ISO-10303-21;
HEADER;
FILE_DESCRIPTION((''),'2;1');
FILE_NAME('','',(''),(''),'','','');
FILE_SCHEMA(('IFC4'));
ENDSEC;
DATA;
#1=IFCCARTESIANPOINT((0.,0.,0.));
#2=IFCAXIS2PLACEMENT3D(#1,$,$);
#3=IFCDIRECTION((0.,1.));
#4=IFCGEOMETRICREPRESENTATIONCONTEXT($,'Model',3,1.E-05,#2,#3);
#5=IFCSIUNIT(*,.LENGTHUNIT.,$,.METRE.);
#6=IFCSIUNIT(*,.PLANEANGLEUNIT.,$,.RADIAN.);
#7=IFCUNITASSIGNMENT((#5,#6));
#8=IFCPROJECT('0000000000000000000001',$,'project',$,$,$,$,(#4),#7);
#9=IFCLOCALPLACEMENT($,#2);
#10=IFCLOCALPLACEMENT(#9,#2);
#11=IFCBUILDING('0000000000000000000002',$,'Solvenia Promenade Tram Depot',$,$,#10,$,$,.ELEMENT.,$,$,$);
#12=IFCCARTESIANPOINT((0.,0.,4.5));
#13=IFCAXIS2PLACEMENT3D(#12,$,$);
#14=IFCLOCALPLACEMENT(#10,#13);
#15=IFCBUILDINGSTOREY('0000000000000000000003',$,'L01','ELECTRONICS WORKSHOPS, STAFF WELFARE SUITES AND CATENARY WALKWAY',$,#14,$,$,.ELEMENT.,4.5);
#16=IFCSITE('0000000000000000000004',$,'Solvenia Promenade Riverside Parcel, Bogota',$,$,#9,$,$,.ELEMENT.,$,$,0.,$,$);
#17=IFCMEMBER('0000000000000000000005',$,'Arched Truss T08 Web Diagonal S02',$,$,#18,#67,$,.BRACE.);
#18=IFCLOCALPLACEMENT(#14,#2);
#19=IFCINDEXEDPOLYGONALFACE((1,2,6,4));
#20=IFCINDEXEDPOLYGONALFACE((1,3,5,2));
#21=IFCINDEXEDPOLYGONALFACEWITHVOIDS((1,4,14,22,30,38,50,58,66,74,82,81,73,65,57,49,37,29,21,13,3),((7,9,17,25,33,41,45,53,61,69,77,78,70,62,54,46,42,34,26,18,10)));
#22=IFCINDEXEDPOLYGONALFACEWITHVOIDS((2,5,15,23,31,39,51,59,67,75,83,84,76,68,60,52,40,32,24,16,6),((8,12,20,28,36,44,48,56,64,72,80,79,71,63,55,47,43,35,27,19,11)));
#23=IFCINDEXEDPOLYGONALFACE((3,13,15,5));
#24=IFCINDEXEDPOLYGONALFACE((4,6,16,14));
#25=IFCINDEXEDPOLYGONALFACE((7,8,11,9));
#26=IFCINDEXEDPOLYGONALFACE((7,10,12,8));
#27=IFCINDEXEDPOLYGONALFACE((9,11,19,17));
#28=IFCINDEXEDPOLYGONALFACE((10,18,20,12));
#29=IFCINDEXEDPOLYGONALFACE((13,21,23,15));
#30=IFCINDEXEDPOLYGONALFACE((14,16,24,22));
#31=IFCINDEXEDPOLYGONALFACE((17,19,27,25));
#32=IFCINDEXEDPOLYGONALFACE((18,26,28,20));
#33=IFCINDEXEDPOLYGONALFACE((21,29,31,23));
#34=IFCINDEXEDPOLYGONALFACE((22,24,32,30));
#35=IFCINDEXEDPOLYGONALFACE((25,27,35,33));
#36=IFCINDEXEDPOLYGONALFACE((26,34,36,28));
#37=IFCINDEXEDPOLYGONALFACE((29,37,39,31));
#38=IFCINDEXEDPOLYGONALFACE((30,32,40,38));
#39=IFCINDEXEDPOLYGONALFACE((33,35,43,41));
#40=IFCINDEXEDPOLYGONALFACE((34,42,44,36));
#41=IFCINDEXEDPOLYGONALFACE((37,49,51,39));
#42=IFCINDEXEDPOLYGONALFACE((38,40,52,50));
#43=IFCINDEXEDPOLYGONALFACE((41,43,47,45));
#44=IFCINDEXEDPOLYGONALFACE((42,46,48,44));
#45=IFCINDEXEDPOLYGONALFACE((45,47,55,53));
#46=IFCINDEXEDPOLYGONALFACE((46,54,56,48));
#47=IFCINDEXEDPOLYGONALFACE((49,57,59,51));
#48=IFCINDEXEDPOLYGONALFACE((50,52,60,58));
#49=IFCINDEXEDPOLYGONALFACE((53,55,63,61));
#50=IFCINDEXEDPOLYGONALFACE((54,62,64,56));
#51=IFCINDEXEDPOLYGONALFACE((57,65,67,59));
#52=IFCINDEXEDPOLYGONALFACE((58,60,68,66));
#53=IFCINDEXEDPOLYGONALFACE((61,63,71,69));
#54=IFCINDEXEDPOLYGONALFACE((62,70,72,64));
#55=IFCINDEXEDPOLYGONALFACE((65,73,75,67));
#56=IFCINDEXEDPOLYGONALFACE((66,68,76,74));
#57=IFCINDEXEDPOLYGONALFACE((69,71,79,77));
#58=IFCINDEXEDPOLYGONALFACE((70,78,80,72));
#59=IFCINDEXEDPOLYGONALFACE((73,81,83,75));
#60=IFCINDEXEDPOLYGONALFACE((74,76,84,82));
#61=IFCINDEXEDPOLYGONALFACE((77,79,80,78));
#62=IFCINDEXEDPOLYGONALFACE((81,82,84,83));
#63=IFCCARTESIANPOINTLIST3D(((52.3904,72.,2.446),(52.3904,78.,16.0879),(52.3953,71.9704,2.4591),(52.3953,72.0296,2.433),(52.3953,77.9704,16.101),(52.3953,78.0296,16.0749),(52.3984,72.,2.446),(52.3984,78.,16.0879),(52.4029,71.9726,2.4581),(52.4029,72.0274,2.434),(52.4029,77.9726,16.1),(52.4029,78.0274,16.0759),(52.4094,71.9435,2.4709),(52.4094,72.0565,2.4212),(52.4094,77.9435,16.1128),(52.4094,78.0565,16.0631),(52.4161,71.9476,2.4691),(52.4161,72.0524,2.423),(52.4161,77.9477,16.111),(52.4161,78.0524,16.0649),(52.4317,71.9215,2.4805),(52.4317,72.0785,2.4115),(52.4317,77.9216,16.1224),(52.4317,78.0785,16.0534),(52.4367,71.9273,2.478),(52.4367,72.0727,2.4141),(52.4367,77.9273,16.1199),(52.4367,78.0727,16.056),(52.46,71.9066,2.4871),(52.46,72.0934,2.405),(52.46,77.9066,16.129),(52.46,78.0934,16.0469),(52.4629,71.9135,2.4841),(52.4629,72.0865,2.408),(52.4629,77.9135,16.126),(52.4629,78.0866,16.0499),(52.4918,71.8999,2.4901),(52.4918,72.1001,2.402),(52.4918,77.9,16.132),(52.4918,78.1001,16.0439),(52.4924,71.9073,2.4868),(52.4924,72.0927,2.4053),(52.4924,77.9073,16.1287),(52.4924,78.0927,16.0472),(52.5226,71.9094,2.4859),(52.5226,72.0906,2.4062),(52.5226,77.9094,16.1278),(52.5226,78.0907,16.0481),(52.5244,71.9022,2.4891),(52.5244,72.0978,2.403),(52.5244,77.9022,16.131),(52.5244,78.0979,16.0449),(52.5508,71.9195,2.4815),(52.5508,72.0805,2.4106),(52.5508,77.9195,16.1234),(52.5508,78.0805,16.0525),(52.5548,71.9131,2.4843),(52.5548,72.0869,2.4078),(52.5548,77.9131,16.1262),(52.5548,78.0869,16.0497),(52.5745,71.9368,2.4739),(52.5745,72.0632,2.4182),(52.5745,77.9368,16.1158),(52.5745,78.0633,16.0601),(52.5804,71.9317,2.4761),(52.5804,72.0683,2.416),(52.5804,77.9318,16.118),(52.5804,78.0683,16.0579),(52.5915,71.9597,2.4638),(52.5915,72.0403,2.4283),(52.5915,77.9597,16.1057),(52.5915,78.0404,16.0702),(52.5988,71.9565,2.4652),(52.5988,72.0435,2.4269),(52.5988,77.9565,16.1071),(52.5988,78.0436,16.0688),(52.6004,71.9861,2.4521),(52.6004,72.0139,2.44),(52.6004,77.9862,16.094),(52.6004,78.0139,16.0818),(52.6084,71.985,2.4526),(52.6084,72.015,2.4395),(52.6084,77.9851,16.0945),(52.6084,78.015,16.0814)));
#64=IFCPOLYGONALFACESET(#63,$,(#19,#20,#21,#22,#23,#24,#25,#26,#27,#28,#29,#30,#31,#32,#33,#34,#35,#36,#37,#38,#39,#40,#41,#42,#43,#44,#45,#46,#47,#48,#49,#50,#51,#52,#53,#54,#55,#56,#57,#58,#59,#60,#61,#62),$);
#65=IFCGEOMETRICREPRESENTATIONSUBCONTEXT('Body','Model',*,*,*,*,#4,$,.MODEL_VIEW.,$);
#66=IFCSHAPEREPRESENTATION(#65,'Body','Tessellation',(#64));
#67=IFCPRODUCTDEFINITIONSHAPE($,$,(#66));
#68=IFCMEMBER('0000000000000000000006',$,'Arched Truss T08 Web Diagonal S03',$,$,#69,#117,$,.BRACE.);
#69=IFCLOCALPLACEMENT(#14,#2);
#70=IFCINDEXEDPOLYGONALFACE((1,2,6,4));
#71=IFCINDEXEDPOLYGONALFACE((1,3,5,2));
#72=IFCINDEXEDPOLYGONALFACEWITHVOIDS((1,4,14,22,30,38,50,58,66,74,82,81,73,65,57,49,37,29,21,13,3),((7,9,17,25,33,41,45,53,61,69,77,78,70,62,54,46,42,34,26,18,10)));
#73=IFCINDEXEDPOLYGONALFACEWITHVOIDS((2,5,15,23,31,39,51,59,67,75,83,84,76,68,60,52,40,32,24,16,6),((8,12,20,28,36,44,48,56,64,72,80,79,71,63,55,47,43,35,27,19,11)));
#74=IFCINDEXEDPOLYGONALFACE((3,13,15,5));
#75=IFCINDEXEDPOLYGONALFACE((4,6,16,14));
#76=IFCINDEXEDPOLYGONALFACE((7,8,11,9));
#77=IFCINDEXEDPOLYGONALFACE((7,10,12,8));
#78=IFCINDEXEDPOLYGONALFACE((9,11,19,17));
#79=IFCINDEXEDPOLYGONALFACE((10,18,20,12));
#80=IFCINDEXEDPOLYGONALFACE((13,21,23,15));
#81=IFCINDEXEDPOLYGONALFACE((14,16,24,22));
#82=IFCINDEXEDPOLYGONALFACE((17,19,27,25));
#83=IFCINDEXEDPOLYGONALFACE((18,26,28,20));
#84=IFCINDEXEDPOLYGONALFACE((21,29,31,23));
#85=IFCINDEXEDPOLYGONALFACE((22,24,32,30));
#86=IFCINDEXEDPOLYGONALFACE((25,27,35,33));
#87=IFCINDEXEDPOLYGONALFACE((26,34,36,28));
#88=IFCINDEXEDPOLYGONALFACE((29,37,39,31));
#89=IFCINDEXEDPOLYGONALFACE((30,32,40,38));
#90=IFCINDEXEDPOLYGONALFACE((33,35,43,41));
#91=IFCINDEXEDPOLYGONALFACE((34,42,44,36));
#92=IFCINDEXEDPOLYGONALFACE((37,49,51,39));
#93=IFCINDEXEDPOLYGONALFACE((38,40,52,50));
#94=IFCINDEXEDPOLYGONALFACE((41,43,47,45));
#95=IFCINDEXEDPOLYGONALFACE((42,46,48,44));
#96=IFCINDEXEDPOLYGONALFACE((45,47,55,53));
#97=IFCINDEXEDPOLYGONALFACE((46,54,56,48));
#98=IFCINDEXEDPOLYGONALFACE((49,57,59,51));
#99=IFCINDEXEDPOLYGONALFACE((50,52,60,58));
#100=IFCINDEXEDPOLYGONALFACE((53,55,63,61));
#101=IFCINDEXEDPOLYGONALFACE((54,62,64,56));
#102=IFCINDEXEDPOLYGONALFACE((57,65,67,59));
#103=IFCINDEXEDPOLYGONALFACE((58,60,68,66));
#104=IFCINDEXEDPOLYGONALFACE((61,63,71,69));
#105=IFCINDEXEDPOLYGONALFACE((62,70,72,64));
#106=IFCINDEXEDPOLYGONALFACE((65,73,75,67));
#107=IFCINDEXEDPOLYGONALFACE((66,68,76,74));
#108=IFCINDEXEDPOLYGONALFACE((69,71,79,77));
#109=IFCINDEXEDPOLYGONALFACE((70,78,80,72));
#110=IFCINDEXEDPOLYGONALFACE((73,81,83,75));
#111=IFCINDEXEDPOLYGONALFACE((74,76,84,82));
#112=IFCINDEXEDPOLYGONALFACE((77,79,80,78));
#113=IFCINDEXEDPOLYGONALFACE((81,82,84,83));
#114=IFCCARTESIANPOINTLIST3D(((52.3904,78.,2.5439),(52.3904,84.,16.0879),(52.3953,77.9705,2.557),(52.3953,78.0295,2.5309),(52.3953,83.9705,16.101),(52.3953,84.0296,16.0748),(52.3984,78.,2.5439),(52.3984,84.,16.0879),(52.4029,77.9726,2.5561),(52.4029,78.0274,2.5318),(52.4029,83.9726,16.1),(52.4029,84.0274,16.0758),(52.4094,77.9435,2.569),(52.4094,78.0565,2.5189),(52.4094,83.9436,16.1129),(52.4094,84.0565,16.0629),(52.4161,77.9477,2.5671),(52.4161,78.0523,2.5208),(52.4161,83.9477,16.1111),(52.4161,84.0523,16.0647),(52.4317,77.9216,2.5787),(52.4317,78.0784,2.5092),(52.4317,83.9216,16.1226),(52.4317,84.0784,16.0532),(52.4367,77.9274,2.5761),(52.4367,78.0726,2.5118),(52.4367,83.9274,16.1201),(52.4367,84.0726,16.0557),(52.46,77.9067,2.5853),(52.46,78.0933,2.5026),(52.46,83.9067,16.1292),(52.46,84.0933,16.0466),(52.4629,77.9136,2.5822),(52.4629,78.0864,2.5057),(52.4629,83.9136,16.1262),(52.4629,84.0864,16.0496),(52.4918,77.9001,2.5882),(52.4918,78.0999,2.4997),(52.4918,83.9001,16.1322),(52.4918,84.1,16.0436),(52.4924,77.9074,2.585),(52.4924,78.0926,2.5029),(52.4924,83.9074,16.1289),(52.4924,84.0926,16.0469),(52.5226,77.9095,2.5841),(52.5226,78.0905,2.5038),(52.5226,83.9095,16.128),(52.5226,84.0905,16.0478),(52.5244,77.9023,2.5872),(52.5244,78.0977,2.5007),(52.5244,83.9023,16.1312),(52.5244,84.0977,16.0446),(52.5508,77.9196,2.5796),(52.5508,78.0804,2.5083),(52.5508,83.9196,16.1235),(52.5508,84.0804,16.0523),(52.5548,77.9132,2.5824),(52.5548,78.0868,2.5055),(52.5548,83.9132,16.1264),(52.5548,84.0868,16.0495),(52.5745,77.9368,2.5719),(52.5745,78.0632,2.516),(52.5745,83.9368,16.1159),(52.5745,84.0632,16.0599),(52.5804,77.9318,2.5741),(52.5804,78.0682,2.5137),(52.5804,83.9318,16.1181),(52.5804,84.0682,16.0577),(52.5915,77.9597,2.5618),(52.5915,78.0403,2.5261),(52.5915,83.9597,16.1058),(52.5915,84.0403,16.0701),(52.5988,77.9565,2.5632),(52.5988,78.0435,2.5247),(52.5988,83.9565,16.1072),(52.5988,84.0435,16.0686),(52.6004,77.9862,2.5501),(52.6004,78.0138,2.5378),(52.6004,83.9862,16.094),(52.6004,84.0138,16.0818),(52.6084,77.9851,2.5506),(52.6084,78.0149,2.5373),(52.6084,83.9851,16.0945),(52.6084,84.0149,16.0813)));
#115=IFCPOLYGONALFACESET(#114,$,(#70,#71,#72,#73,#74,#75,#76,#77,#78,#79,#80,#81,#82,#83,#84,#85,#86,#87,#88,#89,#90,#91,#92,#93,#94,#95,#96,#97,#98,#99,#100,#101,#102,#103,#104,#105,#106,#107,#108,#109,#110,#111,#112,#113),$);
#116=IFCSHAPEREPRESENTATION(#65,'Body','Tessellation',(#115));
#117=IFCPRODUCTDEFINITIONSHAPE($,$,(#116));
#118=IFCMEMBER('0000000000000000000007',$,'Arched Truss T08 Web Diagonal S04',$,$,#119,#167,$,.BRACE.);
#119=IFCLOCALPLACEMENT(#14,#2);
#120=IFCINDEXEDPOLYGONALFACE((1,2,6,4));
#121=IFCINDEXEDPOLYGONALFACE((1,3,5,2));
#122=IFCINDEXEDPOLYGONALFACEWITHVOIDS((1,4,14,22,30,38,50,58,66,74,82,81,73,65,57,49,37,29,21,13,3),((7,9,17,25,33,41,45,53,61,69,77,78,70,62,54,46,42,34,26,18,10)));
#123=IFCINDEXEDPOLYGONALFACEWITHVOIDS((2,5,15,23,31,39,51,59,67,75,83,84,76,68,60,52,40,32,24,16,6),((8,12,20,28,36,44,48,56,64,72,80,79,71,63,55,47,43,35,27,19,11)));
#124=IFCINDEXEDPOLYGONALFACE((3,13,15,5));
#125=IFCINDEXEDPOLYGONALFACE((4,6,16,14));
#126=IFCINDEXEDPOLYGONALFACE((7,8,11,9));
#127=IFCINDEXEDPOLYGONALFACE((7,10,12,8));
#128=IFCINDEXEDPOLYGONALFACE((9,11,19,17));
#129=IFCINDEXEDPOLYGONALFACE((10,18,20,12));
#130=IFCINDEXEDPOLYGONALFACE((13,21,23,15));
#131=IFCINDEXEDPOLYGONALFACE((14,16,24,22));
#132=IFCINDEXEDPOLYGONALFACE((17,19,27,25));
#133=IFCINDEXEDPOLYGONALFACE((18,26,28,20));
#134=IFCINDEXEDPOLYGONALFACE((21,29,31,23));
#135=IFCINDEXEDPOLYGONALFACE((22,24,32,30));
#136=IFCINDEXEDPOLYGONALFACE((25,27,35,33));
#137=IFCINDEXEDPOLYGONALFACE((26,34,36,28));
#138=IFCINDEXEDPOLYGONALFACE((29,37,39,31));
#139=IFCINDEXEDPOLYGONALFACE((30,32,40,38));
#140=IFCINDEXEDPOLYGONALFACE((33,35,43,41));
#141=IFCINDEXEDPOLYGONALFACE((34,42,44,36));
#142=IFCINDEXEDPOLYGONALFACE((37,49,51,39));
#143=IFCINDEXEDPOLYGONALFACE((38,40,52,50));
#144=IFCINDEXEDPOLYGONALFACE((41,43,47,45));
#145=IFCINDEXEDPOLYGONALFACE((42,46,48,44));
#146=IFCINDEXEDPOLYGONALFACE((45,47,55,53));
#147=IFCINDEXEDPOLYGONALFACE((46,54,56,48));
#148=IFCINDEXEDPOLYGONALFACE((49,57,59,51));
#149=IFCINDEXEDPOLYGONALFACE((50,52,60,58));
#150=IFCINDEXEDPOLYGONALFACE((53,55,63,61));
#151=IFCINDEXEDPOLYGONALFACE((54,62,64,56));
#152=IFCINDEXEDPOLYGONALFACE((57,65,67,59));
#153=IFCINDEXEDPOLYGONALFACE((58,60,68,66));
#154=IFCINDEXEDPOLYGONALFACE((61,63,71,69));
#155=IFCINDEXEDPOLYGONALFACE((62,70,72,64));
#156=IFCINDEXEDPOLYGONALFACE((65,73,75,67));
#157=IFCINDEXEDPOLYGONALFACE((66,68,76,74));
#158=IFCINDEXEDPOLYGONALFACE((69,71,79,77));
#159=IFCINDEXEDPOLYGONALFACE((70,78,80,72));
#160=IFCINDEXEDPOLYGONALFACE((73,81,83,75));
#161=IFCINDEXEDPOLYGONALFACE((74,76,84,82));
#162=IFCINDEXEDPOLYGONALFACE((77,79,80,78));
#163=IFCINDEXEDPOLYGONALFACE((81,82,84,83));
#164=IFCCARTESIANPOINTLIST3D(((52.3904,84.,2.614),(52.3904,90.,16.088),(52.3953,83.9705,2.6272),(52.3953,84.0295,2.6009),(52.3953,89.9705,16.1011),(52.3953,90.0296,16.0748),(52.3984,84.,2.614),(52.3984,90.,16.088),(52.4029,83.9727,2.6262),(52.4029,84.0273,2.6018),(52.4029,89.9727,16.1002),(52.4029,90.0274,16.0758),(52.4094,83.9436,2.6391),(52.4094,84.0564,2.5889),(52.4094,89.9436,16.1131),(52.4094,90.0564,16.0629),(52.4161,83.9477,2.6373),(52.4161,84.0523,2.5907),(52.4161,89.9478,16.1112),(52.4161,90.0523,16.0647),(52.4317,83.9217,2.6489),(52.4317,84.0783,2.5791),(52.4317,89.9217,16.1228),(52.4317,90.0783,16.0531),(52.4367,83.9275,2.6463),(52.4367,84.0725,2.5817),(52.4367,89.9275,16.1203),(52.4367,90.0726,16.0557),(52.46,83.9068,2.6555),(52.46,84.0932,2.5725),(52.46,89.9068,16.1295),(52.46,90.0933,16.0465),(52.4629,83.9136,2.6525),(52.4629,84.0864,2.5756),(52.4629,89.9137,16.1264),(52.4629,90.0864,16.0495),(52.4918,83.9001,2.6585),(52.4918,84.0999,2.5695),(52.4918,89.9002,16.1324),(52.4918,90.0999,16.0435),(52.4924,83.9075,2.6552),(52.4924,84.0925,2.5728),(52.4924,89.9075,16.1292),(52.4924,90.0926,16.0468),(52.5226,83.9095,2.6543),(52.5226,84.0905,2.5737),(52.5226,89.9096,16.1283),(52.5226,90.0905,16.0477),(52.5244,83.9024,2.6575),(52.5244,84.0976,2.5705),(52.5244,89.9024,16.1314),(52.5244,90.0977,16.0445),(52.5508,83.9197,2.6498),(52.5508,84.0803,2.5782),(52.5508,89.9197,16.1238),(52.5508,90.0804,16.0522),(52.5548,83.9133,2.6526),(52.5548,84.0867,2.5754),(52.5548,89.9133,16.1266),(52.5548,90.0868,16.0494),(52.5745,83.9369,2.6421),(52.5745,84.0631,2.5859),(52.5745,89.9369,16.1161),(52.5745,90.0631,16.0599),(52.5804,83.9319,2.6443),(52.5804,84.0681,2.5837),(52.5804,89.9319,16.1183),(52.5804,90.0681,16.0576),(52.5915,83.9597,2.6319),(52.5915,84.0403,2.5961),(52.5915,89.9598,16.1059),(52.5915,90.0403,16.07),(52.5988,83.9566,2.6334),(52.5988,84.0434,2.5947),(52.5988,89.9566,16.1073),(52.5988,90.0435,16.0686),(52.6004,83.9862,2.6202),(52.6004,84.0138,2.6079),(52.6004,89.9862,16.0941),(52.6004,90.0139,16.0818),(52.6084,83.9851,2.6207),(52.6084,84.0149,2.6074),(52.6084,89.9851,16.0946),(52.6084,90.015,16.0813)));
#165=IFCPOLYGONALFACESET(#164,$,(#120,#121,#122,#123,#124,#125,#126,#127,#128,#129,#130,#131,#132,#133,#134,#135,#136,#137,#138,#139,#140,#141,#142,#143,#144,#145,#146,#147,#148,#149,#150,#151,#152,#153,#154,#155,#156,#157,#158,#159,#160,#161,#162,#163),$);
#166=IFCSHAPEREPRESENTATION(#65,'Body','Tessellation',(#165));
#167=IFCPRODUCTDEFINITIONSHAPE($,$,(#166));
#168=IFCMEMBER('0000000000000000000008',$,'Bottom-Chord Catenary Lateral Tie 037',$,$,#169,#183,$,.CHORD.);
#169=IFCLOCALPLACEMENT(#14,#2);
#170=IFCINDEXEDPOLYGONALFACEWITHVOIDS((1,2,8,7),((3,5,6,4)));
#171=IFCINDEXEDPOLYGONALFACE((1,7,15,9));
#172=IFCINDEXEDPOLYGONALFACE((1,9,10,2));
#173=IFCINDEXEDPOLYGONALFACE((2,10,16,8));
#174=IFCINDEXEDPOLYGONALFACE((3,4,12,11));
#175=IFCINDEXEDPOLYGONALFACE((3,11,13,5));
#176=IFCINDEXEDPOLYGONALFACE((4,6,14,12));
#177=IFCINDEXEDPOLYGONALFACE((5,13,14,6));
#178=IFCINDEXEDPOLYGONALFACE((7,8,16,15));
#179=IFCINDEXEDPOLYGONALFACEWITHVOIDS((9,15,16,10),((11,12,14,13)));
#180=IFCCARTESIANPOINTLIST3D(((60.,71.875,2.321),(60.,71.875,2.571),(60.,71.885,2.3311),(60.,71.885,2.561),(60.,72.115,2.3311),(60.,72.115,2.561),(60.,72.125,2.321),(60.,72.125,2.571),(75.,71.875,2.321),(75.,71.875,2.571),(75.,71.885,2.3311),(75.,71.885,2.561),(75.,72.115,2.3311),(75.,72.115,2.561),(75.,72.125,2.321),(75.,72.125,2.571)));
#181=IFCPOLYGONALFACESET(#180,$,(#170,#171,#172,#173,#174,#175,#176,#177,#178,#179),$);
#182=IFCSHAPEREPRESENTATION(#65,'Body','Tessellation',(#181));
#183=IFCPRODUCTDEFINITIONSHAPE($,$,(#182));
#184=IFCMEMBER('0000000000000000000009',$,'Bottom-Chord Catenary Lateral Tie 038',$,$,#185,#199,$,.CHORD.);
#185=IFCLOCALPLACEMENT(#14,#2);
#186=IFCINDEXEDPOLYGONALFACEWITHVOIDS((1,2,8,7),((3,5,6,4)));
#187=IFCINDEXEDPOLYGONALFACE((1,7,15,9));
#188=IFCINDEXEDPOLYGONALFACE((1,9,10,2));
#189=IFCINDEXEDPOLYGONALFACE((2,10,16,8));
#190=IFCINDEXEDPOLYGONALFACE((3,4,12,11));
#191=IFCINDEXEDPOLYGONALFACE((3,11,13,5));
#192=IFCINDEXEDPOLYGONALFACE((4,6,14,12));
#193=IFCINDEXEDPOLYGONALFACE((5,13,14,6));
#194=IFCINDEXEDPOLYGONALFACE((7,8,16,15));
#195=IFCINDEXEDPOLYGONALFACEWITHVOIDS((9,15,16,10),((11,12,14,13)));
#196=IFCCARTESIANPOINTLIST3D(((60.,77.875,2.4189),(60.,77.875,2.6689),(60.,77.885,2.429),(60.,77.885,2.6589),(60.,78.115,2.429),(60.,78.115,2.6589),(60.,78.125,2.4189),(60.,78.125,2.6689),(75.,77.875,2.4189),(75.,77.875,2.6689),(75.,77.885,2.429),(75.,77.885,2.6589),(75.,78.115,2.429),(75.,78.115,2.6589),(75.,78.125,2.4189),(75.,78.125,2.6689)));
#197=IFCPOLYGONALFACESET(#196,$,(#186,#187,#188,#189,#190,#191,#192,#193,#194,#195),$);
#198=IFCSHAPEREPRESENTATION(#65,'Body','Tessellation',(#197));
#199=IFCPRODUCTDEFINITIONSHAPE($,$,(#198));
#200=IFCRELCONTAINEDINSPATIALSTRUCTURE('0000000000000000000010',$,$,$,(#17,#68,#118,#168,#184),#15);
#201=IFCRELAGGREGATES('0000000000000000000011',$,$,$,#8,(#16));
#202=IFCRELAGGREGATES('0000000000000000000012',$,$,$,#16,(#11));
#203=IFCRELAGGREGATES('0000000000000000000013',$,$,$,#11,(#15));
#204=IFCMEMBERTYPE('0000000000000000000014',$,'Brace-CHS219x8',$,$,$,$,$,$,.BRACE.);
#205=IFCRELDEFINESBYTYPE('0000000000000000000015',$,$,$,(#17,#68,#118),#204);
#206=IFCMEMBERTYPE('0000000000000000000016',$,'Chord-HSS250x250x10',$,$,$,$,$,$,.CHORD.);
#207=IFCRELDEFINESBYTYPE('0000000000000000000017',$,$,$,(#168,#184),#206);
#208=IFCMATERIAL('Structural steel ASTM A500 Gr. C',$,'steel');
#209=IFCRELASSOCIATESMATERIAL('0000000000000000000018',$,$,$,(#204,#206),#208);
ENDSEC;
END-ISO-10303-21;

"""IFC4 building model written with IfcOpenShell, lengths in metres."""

from ifc_helpers import new_model, si_unit, direction, frame, origin, origin_2d, place, context, subcontext, project, spatial, hollow_rectangle, hollow_circle, extrude, material, material_profile, profile_set, type_object, element, save


model = new_model("IFC4")

# Units and contexts
model_context = context("Model", 3, precision=1e-05, world=origin(), true_north=direction((0.0, 1.0)))
body_context = subcontext(model_context, "Body", "Model", "MODEL_VIEW")
ifc_project = project(units=[si_unit("LENGTHUNIT", "METRE"), si_unit("PLANEANGLEUNIT", "RADIAN")], contexts=[model_context])

# Site, building, storey
site_placement = place(None, origin())
site = spatial("IfcSite", under=ifc_project, at=site_placement, Name="Solvenia Promenade Riverside Parcel, Bogota", CompositionType="ELEMENT", RefElevation=0.0)
building_placement = place(site_placement, origin())
building = spatial("IfcBuilding", under=site, at=building_placement, Name="Solvenia Promenade Tram Depot", CompositionType="ELEMENT")
storey_placement = place(building_placement, frame((0.0, 0.0, 4.5)))
storey = spatial("IfcBuildingStorey", under=building, at=storey_placement, Name="L01", Description="ELECTRONICS WORKSHOPS, STAFF WELFARE SUITES AND CATENARY WALKWAY", CompositionType="ELEMENT", Elevation=4.5)

# Members
ifc_material_1 = material(Name="Structural steel ASTM A500 Gr. C", Category="steel")
ifc_material_profile_1 = material_profile(ifc_material_1, hollow_circle(Radius=0.1096, WallThickness=0.0081, at=origin_2d()), Name="CHS219.1x8", Category="steel")
ifc_profile_set_1 = profile_set([ifc_material_profile_1], Name="Structural steel ASTM A500 Gr. C")
member_type_1 = type_object("IfcMemberType", Name="Brace-CHS219x8", PredefinedType="BRACE", material=ifc_profile_set_1)
member_1_placement = place(storey_placement, frame((52.5, 72.0, 2.446), z_axis=(0.0, 0.402603, 0.915375), x_axis=(-1.0, 0.0, 0.0)))
element("IfcMember", 1, at=member_1_placement, inside=storey, type_object=member_type_1, Name="Arched Truss T08 Web Diagonal S02", PredefinedType="BRACE", context=body_context, shape_type="SweptSolid", body=[
    extrude(hollow_circle(Radius=0.1096, WallThickness=0.0081, at=origin_2d()), origin(), (0.0, 0.0, 1.0), 14.9031),
])
member_2_placement = place(storey_placement, frame((52.5, 78.0, 2.5439), z_axis=(0.0, 0.405037, 0.9143), x_axis=(-1.0, 0.0, 0.0)))
element("IfcMember", 2, at=member_2_placement, inside=storey, type_object=member_type_1, Name="Arched Truss T08 Web Diagonal S03", PredefinedType="BRACE", context=body_context, shape_type="SweptSolid", body=[
    extrude(hollow_circle(Radius=0.1096, WallThickness=0.0081, at=origin_2d()), origin(), (0.0, 0.0, 1.0), 14.8135),
])
member_3_placement = place(storey_placement, frame((52.5, 84.0, 2.614), z_axis=(0.0, 0.406796, 0.913519), x_axis=(-1.0, 0.0, 0.0)))
element("IfcMember", 3, at=member_3_placement, inside=storey, type_object=member_type_1, Name="Arched Truss T08 Web Diagonal S04", PredefinedType="BRACE", context=body_context, shape_type="SweptSolid", body=[
    extrude(hollow_circle(Radius=0.1096, WallThickness=0.0081, at=origin_2d()), origin(), (0.0, 0.0, 1.0), 14.7495),
])
ifc_material_profile_2 = material_profile(ifc_material_1, hollow_rectangle(XDim=0.25, YDim=0.25, WallThickness=0.01, at=origin_2d()), Name="HSS250x250x10", Category="steel")
ifc_profile_set_2 = profile_set([ifc_material_profile_2], Name="Structural steel ASTM A500 Gr. C")
member_type_2 = type_object("IfcMemberType", Name="Chord-HSS250x250x10", PredefinedType="CHORD", material=ifc_profile_set_2)
for number, where, z_axis, x_axis, name in (
    (4, (60.0, 72.0, 2.446), (1.0, 0.0, 0.0), (0.0, 1.0, 0.0), "Bottom-Chord Catenary Lateral Tie 037"),
    (5, (60.0, 78.0, 2.5439), (1.0, 0.0, 0.0), (0.0, 1.0, 0.0), "Bottom-Chord Catenary Lateral Tie 038"),
):
    element("IfcMember", number, at=place(storey_placement, frame(where, z_axis=z_axis, x_axis=x_axis)), inside=storey, type_object=member_type_2, Name=name, PredefinedType="CHORD", context=body_context, shape_type="SweptSolid", body=[
        extrude(hollow_rectangle(XDim=0.25, YDim=0.25, WallThickness=0.01, at=origin_2d()), origin(), (0.0, 0.0, 1.0), 15.0),
    ])

save(model, "model.ifc")
